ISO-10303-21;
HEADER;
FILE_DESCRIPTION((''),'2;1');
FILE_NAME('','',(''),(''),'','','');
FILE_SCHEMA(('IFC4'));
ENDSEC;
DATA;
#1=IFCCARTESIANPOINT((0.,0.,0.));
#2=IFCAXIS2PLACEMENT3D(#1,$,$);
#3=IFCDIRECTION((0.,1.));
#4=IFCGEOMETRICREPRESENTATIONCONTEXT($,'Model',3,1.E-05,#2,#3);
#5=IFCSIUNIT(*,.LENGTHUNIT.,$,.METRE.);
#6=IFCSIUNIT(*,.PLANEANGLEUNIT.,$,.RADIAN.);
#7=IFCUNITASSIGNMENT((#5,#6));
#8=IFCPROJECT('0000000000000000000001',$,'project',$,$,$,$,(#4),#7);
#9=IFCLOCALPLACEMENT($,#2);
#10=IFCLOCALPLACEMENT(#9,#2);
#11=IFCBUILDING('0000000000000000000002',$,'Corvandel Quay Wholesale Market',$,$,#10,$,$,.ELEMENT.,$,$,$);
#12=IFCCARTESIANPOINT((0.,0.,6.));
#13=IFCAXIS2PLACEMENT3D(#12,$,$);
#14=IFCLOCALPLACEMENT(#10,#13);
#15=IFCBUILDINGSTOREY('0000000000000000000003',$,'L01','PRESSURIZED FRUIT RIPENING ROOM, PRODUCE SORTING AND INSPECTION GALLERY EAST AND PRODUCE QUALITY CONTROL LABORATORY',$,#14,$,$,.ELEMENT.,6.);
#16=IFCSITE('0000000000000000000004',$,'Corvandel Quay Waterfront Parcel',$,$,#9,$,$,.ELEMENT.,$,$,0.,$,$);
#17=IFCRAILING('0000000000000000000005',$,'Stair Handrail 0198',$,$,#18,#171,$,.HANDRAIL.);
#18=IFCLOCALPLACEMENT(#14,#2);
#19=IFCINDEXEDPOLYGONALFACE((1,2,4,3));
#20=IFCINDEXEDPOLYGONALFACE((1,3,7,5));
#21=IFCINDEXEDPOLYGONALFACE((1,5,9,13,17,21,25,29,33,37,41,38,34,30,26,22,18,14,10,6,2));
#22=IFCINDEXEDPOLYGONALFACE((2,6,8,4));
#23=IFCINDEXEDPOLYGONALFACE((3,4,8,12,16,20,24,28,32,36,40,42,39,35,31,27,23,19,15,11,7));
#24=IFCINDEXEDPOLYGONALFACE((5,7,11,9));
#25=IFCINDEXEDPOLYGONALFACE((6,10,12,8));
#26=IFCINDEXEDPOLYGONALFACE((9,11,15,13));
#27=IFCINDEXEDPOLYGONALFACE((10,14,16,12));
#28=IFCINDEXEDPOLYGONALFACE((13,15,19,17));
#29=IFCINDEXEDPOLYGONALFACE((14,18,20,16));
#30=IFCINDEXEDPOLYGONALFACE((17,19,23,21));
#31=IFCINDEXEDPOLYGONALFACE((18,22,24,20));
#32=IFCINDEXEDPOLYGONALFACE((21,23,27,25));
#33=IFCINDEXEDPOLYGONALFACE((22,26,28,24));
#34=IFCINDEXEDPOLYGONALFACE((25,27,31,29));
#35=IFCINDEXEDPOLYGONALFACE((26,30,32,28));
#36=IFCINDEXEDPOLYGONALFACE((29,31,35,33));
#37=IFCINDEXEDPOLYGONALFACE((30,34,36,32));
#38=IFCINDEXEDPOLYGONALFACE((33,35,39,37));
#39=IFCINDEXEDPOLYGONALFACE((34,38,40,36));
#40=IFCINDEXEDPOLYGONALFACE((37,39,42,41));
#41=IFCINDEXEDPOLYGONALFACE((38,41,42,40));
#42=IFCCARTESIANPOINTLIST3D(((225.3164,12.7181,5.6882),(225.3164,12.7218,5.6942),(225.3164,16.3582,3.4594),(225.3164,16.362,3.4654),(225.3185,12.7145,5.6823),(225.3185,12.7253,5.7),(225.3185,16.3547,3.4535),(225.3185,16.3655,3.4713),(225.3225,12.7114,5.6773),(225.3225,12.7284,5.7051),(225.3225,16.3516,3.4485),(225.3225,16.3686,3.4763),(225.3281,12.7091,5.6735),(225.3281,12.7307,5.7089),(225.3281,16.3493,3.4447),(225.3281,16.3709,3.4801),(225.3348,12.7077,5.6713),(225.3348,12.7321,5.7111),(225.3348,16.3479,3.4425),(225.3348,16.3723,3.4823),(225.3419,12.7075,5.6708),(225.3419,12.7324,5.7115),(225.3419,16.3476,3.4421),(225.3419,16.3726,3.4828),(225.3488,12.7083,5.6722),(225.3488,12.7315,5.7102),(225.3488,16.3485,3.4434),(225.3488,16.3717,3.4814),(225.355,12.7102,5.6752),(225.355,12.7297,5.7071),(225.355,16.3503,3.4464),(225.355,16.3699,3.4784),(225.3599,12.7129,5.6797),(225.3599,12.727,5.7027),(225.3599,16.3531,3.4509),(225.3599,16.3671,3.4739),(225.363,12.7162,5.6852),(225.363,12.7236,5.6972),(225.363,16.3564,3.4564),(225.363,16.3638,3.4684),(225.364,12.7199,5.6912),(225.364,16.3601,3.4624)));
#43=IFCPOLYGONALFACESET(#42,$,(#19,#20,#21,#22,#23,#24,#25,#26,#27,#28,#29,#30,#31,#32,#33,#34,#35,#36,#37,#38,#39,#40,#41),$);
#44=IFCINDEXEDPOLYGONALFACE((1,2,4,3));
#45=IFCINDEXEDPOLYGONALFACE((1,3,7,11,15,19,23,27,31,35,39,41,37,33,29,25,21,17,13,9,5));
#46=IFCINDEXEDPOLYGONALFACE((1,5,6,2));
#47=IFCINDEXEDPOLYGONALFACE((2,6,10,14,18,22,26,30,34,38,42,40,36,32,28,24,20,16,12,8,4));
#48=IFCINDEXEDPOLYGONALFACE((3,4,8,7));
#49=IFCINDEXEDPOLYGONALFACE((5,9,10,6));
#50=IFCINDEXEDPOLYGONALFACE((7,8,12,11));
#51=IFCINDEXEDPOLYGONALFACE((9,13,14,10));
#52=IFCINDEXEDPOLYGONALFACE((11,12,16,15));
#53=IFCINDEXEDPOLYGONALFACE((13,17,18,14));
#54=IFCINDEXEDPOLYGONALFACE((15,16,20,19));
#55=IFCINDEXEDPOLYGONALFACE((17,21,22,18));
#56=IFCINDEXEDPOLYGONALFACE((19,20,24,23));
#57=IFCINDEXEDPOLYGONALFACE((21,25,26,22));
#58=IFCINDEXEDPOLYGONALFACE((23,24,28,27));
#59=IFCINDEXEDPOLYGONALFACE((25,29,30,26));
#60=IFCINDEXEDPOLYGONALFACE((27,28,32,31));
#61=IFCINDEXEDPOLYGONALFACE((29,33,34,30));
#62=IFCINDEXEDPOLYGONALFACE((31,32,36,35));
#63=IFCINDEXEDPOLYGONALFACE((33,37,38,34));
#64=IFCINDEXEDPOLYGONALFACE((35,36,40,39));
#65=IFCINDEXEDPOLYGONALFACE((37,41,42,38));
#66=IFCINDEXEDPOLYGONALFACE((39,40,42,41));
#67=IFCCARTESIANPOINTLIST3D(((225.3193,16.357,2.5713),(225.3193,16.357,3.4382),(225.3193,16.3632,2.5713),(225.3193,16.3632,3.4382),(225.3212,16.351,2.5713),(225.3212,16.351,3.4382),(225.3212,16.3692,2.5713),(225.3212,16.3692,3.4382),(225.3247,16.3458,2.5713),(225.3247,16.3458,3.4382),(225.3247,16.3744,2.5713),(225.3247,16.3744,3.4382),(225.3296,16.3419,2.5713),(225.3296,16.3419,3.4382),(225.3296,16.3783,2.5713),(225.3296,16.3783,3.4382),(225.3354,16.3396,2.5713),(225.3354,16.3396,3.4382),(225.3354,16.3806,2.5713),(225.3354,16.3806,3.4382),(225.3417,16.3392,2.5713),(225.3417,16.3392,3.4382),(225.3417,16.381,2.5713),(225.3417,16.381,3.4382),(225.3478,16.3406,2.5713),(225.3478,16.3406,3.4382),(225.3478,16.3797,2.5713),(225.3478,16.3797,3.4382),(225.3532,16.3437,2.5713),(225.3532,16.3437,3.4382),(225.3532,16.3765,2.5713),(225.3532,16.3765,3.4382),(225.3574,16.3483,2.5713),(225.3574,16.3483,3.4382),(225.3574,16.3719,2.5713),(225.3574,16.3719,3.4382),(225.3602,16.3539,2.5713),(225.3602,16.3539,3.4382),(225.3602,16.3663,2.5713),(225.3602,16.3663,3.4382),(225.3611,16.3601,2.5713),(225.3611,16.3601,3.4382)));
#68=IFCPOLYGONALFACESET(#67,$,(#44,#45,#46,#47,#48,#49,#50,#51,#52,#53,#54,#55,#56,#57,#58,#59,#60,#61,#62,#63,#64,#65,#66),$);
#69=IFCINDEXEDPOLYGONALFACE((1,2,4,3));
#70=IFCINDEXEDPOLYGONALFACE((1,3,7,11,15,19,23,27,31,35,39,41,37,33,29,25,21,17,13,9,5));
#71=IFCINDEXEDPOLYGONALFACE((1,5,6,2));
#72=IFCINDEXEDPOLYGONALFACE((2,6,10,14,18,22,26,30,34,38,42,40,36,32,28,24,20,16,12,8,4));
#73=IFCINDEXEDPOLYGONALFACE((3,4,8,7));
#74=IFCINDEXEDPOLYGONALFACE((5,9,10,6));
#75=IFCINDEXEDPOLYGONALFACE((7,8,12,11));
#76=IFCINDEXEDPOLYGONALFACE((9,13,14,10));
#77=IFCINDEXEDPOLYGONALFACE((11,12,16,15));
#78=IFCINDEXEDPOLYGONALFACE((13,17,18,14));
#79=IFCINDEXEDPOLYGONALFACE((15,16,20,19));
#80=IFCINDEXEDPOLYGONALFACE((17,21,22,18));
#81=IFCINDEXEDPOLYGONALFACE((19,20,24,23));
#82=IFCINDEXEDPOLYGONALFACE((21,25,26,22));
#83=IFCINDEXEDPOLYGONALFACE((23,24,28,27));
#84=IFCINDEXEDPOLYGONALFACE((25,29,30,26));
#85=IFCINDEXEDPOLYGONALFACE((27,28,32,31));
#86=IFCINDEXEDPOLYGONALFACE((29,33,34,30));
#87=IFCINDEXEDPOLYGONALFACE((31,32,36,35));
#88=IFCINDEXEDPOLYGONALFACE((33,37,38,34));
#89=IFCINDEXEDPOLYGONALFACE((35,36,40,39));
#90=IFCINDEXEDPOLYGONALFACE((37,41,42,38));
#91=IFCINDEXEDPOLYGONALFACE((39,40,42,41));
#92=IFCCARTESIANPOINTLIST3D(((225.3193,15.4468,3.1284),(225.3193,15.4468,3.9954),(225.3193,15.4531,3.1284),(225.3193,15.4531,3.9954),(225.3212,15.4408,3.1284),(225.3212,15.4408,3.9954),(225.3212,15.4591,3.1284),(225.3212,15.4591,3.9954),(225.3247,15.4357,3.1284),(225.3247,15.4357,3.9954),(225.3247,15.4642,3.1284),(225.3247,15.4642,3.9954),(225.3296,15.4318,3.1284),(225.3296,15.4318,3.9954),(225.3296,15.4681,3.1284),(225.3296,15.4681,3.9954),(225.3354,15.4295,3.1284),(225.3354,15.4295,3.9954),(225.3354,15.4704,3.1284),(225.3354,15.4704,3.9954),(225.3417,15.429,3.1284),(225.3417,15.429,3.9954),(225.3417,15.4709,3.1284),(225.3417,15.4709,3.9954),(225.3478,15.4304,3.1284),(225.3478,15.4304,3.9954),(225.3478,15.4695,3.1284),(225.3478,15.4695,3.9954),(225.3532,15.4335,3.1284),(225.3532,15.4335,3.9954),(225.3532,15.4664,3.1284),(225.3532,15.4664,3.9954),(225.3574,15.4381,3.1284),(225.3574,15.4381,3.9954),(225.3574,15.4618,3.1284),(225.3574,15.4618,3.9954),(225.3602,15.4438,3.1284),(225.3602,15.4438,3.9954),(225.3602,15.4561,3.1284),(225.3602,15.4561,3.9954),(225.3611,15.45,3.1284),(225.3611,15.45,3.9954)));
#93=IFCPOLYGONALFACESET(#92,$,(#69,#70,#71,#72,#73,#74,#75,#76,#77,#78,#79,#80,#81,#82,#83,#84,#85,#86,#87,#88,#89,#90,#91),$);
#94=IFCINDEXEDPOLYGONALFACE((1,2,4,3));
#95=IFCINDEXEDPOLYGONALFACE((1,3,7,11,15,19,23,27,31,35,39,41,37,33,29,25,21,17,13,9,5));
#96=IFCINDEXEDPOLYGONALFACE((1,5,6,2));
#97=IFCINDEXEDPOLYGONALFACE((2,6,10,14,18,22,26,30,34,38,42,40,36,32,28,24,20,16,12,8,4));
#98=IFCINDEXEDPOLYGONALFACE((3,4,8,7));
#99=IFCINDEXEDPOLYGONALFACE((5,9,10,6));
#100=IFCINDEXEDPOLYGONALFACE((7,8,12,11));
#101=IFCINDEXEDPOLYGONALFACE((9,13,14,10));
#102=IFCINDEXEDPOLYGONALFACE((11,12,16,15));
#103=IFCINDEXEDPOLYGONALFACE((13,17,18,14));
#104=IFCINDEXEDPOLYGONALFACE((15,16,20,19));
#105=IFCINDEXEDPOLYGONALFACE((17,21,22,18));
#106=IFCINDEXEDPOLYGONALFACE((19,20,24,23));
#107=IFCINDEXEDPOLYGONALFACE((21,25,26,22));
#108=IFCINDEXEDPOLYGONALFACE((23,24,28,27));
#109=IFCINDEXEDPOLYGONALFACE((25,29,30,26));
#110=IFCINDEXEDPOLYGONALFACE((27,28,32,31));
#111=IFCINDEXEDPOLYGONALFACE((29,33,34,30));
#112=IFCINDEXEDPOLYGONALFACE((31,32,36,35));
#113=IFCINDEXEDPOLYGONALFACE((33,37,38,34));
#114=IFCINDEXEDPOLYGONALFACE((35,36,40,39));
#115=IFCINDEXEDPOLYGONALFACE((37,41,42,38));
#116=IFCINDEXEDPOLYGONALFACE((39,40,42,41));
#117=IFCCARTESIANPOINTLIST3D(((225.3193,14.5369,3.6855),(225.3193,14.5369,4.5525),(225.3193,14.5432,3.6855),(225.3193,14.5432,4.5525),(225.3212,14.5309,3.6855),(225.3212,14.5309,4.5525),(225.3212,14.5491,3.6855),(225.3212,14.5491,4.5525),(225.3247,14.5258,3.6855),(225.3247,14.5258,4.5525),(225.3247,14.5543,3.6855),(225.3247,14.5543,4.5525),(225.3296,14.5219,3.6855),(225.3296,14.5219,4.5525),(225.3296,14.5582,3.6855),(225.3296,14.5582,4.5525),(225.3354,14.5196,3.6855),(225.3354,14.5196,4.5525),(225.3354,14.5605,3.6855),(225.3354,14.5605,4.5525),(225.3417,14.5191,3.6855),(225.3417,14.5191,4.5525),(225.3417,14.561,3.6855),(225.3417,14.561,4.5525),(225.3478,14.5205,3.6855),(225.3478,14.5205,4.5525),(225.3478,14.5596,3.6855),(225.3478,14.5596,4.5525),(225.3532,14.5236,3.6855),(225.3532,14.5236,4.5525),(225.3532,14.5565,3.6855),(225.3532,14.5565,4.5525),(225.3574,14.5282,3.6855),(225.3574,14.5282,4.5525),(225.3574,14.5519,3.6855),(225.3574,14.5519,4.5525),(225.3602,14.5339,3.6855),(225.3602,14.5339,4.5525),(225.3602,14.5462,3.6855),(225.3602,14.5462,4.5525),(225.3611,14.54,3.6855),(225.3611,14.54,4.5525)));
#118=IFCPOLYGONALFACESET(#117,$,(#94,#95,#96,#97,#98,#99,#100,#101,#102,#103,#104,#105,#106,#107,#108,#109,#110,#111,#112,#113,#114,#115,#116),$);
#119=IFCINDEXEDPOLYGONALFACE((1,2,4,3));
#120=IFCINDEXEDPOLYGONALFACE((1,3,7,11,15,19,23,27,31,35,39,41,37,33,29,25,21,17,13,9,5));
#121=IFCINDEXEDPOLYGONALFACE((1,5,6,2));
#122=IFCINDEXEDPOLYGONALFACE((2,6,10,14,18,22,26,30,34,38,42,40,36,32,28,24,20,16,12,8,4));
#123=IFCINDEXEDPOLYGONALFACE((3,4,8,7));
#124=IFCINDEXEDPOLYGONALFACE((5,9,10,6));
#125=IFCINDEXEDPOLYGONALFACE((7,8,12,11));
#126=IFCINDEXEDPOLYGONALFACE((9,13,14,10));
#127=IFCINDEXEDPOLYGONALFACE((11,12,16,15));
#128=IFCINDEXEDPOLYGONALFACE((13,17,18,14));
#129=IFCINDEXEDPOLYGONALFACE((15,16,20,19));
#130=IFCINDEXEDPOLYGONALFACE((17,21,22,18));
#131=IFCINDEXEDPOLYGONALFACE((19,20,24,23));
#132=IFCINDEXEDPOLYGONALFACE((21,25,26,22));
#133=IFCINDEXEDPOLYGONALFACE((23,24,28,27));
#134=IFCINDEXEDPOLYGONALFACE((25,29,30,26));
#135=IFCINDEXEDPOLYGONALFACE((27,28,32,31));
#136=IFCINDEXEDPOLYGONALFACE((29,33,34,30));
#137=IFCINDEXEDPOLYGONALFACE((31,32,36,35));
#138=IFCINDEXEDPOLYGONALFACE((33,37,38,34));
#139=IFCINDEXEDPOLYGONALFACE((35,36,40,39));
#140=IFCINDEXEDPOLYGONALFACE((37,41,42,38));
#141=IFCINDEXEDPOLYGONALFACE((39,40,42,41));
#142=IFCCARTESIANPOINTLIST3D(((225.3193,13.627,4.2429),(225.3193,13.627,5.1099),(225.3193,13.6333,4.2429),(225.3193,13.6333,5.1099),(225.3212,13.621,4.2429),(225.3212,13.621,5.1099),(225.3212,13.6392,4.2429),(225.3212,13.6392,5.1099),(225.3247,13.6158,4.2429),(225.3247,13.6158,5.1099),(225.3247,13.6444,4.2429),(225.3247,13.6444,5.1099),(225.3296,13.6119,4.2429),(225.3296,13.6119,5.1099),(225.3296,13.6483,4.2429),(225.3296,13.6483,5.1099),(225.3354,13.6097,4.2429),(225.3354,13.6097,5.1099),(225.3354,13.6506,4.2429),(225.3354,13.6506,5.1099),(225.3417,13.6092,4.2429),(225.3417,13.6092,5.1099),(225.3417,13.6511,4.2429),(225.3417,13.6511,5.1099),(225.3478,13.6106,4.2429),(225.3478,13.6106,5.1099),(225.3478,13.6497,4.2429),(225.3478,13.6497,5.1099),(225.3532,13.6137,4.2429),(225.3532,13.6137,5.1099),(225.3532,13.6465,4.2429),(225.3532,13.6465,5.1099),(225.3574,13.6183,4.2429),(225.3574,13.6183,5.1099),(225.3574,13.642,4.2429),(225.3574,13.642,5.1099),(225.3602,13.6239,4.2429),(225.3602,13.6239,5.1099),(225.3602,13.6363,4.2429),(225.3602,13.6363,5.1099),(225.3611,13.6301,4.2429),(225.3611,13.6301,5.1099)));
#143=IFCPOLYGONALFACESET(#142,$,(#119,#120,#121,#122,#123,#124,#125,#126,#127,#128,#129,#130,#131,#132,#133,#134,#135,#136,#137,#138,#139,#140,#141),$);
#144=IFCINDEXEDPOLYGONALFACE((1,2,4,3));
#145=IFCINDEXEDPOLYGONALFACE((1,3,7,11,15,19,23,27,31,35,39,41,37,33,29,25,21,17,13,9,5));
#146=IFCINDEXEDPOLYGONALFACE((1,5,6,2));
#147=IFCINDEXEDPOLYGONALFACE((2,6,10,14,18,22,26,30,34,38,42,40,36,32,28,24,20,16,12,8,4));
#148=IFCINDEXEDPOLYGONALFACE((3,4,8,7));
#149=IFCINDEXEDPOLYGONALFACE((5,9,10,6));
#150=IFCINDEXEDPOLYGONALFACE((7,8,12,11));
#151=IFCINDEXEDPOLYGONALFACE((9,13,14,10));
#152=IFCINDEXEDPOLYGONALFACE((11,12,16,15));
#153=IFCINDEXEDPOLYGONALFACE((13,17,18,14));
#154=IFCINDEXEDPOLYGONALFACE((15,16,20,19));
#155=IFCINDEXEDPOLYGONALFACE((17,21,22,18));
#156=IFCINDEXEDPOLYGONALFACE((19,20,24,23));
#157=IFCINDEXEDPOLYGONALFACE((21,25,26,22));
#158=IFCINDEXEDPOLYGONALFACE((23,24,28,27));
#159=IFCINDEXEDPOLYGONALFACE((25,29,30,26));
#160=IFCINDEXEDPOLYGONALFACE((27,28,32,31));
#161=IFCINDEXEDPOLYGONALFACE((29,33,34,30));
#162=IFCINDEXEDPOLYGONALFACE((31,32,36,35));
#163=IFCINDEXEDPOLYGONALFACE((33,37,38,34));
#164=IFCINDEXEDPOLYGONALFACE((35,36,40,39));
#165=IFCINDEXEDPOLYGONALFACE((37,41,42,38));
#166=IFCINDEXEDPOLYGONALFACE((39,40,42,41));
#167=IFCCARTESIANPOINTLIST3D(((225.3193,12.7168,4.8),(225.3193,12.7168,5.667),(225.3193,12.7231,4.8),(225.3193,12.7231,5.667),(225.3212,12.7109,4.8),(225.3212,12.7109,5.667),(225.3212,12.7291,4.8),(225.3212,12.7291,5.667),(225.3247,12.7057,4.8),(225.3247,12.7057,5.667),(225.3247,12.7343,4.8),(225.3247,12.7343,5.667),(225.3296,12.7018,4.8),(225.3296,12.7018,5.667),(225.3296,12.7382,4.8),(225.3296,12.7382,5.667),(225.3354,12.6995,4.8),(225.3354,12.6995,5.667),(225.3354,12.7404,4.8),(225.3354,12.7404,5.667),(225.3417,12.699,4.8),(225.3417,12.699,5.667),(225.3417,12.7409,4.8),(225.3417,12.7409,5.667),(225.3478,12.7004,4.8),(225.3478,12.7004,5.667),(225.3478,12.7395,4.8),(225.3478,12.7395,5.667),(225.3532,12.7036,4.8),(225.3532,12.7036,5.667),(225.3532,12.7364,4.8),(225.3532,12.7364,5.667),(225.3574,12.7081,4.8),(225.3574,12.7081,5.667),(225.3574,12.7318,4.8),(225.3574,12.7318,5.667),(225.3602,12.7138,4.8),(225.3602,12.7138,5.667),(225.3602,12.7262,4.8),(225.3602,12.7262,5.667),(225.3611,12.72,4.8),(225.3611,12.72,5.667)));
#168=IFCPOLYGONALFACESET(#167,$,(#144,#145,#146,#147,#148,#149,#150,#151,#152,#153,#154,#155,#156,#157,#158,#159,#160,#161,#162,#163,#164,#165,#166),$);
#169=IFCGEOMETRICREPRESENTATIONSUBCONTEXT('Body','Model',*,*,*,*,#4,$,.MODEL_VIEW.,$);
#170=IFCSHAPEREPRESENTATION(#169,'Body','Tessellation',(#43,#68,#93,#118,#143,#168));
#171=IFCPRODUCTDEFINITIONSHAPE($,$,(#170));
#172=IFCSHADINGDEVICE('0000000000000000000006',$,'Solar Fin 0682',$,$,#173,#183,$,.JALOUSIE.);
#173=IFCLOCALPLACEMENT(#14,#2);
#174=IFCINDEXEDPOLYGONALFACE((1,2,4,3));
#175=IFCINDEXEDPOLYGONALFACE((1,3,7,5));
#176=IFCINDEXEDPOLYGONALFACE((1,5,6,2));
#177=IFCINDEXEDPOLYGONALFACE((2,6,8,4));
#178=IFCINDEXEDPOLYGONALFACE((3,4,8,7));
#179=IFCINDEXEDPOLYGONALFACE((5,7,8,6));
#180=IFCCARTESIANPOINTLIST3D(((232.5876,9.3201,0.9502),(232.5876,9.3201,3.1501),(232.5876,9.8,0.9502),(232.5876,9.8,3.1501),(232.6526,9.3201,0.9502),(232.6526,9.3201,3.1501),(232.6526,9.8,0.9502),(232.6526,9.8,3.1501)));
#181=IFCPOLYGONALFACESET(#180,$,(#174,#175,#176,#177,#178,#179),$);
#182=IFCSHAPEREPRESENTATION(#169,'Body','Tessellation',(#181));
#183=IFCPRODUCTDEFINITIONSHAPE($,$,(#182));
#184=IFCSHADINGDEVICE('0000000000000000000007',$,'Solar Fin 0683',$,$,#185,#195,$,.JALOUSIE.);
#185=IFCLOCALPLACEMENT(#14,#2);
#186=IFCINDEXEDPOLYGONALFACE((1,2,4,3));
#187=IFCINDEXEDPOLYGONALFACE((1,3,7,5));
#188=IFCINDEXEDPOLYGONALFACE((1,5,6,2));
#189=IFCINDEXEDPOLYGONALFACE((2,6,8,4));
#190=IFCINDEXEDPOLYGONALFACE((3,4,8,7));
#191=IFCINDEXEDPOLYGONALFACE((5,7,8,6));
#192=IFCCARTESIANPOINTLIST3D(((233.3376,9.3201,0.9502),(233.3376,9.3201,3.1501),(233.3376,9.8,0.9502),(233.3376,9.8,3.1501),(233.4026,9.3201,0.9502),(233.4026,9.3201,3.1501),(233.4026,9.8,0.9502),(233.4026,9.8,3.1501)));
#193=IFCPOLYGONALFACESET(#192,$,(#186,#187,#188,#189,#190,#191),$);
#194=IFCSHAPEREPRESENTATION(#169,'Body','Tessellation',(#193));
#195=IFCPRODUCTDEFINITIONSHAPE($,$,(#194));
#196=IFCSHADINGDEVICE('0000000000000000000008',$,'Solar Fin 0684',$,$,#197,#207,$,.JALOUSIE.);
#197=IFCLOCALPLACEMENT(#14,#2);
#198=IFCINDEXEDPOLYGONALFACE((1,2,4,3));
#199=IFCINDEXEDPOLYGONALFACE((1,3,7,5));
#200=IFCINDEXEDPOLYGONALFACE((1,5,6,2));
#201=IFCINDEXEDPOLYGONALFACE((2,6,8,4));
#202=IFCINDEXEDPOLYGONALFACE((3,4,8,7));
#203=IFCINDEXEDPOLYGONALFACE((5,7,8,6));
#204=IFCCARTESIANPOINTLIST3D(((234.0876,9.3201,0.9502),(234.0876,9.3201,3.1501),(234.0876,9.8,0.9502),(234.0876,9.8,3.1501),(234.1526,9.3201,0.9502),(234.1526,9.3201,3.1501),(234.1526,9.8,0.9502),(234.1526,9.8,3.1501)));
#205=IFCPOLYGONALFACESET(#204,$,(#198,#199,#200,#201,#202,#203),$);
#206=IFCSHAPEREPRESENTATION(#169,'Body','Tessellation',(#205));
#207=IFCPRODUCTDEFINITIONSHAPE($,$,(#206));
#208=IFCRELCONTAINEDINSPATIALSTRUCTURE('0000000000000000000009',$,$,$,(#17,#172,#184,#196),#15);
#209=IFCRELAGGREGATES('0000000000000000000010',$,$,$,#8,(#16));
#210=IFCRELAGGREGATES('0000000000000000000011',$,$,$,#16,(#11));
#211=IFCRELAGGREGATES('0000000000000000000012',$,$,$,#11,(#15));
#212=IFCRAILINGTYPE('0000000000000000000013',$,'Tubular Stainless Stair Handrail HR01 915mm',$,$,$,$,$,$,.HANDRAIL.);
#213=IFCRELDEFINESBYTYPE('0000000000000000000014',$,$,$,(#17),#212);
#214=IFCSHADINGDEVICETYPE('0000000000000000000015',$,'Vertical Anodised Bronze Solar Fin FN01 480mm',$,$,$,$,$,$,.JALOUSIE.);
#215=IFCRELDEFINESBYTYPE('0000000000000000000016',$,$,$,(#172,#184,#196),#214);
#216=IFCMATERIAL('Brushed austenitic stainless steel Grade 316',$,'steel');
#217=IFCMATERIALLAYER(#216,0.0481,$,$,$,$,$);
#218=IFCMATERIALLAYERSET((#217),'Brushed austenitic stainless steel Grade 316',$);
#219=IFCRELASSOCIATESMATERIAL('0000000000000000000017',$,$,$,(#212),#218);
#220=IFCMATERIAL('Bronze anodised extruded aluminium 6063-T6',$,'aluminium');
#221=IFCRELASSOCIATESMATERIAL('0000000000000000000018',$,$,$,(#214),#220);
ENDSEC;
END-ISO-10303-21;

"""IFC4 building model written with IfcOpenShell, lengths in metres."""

from ifc_helpers import new_model, si_unit, direction, frame, origin, origin_2d, place, context, subcontext, project, spatial, rectangle, circle, extrude, material, layer, layer_set, type_object, element, save


model = new_model("IFC4")

# Units and contexts
model_context = context("Model", 3, precision=1e-05, world=origin(), true_north=direction((0.0, 1.0)))
body_context = subcontext(model_context, "Body", "Model", "MODEL_VIEW")
ifc_project = project(units=[si_unit("LENGTHUNIT", "METRE"), si_unit("PLANEANGLEUNIT", "RADIAN")], contexts=[model_context])

# Site, building, storey
site_placement = place(None, origin())
site = spatial("IfcSite", under=ifc_project, at=site_placement, Name="Corvandel Quay Waterfront Parcel", CompositionType="ELEMENT", RefElevation=0.0)
building_placement = place(site_placement, origin())
building = spatial("IfcBuilding", under=site, at=building_placement, Name="Corvandel Quay Wholesale Market", CompositionType="ELEMENT")
storey_placement = place(building_placement, frame((0.0, 0.0, 6.0)))
storey = spatial("IfcBuildingStorey", under=building, at=storey_placement, Name="L01", Description="PRESSURIZED FRUIT RIPENING ROOM, PRODUCE SORTING AND INSPECTION GALLERY EAST AND PRODUCE QUALITY CONTROL LABORATORY", CompositionType="ELEMENT", Elevation=6.0)

# Railing
ifc_material_1 = material(Name="Brushed austenitic stainless steel Grade 316", Category="steel")
ifc_layer_1 = layer(ifc_material_1, 0.0481)
ifc_layer_set_1 = layer_set([ifc_layer_1], Name="Brushed austenitic stainless steel Grade 316")
railing_type = type_object("IfcRailingType", Name="Tubular Stainless Stair Handrail HR01 915mm", PredefinedType="HANDRAIL", material=ifc_layer_set_1)
railing_placement = place(storey_placement, frame((225.3401, 16.3601, 2.5713)))
element("IfcRailing", 1, at=railing_placement, inside=storey, type_object=railing_type, Name="Stair Handrail 0198", PredefinedType="HANDRAIL", context=body_context, shape_type="SweptSolid", body=[
    extrude(circle(Radius=0.0239, at=origin_2d()), frame((0.0, 0.0, 0.8911), z_axis=(0.0, -0.85284, 0.522172), x_axis=(1.0, 0.0, 0.0)), (0.0, 0.0, 1.0), 4.2683),
    extrude(circle(Radius=0.021, at=origin_2d()), origin(), (0.0, 0.0, 1.0), 0.8669),
    extrude(circle(Radius=0.021, at=origin_2d()), frame((0.0, -0.9102, 0.5571)), (0.0, 0.0, 1.0), 0.8669),
    extrude(circle(Radius=0.021, at=origin_2d()), frame((0.0, -1.8201, 1.1143)), (0.0, 0.0, 1.0), 0.8669),
    extrude(circle(Radius=0.021, at=origin_2d()), frame((0.0, -2.73, 1.6716)), (0.0, 0.0, 1.0), 0.8669),
    extrude(circle(Radius=0.021, at=origin_2d()), frame((0.0, -3.6401, 2.2288)), (0.0, 0.0, 1.0), 0.8669),
])

# Shading devices
ifc_material_2 = material(Name="Bronze anodised extruded aluminium 6063-T6", Category="aluminium")
shading_device_type = type_object("IfcShadingDeviceType", Name="Vertical Anodised Bronze Solar Fin FN01 480mm", PredefinedType="JALOUSIE", material=ifc_material_2)
for number, where, z_axis, x_axis, name in (
    (2, (232.6201, 9.5601, 0.9502), (0.0, 0.0, 1.0), (0.0, 1.0, 0.0), "Solar Fin 0682"),
    (3, (233.3701, 9.5601, 0.9502), (0.0, 0.0, 1.0), (0.0, 1.0, 0.0), "Solar Fin 0683"),
    (4, (234.1201, 9.5601, 0.9502), (0.0, 0.0, 1.0), (0.0, 1.0, 0.0), "Solar Fin 0684"),
):
    element("IfcShadingDevice", number, at=place(storey_placement, frame(where, z_axis=z_axis, x_axis=x_axis)), inside=storey, type_object=shading_device_type, Name=name, PredefinedType="JALOUSIE", context=body_context, shape_type="SweptSolid", body=[
        extrude(rectangle(XDim=0.48, YDim=0.0649, at=origin_2d()), origin(), (0.0, 0.0, 1.0), 2.2),
    ])

save(model, "model.ifc")
